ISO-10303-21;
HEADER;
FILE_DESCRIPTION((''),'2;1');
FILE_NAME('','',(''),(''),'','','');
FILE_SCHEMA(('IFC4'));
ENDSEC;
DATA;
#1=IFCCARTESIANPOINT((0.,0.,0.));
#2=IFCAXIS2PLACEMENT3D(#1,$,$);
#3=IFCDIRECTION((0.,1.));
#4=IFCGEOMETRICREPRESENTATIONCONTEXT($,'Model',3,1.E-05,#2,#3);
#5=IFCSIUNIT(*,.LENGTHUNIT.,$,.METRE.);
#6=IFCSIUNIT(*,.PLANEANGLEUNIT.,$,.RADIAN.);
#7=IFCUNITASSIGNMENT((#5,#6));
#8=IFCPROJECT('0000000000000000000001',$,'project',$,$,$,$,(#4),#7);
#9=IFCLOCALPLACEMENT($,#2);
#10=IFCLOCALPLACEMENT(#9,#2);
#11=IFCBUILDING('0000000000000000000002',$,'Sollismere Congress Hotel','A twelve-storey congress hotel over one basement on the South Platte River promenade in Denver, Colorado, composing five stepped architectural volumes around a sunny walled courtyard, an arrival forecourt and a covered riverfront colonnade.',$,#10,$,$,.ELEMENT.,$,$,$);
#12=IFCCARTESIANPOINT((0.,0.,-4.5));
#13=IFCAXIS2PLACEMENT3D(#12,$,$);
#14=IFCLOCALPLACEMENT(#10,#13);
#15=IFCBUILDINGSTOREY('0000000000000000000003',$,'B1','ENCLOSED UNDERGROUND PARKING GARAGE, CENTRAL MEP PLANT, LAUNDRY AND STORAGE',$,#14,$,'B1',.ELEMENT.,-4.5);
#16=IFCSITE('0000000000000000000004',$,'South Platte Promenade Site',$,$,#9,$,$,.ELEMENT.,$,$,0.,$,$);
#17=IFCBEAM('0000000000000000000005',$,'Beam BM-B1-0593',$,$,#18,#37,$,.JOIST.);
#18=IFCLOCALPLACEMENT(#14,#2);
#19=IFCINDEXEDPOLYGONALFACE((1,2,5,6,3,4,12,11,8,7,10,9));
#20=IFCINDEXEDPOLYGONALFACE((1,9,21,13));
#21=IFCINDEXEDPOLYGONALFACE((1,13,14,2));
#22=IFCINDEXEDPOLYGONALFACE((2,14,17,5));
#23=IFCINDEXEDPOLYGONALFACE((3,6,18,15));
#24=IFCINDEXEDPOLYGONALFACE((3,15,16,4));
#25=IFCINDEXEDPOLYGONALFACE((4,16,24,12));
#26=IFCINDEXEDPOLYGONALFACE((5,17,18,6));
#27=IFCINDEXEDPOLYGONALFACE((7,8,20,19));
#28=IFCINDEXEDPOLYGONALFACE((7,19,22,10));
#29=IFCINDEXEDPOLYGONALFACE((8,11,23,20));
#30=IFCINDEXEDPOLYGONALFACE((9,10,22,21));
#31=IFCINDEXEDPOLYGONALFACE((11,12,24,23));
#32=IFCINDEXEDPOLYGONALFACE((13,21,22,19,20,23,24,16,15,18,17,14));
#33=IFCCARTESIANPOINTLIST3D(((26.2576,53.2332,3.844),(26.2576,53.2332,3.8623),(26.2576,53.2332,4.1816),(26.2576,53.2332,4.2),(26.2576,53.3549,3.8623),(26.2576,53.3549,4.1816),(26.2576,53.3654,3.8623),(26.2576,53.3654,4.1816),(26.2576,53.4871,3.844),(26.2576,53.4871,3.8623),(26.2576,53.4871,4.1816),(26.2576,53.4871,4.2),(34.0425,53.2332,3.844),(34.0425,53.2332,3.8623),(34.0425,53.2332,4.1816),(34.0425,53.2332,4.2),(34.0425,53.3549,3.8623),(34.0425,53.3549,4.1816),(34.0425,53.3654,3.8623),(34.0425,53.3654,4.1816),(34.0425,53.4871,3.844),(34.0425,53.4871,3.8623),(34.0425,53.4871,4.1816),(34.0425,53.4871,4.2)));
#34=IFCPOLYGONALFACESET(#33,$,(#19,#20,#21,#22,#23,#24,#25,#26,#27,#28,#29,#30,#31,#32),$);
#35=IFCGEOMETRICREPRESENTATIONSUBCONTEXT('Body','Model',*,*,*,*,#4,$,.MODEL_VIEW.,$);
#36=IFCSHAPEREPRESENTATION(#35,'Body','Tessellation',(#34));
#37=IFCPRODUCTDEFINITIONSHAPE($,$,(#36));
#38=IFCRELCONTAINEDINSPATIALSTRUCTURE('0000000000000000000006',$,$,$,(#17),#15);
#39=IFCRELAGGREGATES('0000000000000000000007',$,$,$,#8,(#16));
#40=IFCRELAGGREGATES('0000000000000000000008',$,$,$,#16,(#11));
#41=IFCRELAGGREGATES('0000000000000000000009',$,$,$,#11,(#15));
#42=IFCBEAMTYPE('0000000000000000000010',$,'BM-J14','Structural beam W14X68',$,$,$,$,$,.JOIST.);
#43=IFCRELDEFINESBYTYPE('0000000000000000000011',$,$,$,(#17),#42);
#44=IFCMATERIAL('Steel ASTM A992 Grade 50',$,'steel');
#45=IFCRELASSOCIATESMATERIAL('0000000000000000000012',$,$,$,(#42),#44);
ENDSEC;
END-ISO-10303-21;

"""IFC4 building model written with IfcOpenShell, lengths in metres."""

from ifc_helpers import new_model, si_unit, direction, frame, origin, origin_2d, place, context, subcontext, project, spatial, i_section, extrude, material, material_profile, profile_set, type_object, element, save


model = new_model("IFC4")

# Units and contexts
model_context = context("Model", 3, precision=1e-05, world=origin(), true_north=direction((0.0, 1.0)))
body_context = subcontext(model_context, "Body", "Model", "MODEL_VIEW")
ifc_project = project(units=[si_unit("LENGTHUNIT", "METRE"), si_unit("PLANEANGLEUNIT", "RADIAN")], contexts=[model_context])

# Site, building, storey
site_placement = place(None, origin())
site = spatial("IfcSite", under=ifc_project, at=site_placement, Name="South Platte Promenade Site", CompositionType="ELEMENT", RefElevation=0.0)
building_placement = place(site_placement, origin())
building = spatial("IfcBuilding", under=site, at=building_placement, Name="Sollismere Congress Hotel", Description="A twelve-storey congress hotel over one basement on the South Platte River promenade in Denver, Colorado, composing five stepped architectural volumes around a sunny walled courtyard, an arrival forecourt and a covered riverfront colonnade.", CompositionType="ELEMENT")
storey_placement = place(building_placement, frame((0.0, 0.0, -4.5)))
storey = spatial("IfcBuildingStorey", under=building, at=storey_placement, Name="B1", Description="ENCLOSED UNDERGROUND PARKING GARAGE, CENTRAL MEP PLANT, LAUNDRY AND STORAGE", LongName="B1", CompositionType="ELEMENT", Elevation=-4.5)

# Beam
ifc_material_1 = material(Name="Steel ASTM A992 Grade 50", Category="steel")
ifc_material_profile_1 = material_profile(ifc_material_1, i_section(OverallWidth=0.2539, OverallDepth=0.356, WebThickness=0.0105, FlangeThickness=0.0183, at=origin_2d()), Name="W14X68")
ifc_profile_set_1 = profile_set([ifc_material_profile_1], Name="Steel ASTM A992 Grade 50")
beam_type_1 = type_object("IfcBeamType", Name="BM-J14", Description="Structural beam W14X68", PredefinedType="JOIST", material=ifc_profile_set_1)
for number, where, z_axis, x_axis, name in (
    (1, (26.2576, 53.3601, 4.022), (1.0, 0.0, 0.0), (0.0, 1.0, 0.0), "Beam BM-B1-0593"),
):
    element("IfcBeam", number, at=place(storey_placement, frame(where, z_axis=z_axis, x_axis=x_axis)), inside=storey, type_object=beam_type_1, Name=name, PredefinedType="JOIST", context=body_context, shape_type="SweptSolid", body=[
        extrude(i_section(OverallWidth=0.2539, OverallDepth=0.356, WebThickness=0.0105, FlangeThickness=0.0183, at=origin_2d()), origin(), (0.0, 0.0, 1.0), 7.7849),
    ])

save(model, "model.ifc")
